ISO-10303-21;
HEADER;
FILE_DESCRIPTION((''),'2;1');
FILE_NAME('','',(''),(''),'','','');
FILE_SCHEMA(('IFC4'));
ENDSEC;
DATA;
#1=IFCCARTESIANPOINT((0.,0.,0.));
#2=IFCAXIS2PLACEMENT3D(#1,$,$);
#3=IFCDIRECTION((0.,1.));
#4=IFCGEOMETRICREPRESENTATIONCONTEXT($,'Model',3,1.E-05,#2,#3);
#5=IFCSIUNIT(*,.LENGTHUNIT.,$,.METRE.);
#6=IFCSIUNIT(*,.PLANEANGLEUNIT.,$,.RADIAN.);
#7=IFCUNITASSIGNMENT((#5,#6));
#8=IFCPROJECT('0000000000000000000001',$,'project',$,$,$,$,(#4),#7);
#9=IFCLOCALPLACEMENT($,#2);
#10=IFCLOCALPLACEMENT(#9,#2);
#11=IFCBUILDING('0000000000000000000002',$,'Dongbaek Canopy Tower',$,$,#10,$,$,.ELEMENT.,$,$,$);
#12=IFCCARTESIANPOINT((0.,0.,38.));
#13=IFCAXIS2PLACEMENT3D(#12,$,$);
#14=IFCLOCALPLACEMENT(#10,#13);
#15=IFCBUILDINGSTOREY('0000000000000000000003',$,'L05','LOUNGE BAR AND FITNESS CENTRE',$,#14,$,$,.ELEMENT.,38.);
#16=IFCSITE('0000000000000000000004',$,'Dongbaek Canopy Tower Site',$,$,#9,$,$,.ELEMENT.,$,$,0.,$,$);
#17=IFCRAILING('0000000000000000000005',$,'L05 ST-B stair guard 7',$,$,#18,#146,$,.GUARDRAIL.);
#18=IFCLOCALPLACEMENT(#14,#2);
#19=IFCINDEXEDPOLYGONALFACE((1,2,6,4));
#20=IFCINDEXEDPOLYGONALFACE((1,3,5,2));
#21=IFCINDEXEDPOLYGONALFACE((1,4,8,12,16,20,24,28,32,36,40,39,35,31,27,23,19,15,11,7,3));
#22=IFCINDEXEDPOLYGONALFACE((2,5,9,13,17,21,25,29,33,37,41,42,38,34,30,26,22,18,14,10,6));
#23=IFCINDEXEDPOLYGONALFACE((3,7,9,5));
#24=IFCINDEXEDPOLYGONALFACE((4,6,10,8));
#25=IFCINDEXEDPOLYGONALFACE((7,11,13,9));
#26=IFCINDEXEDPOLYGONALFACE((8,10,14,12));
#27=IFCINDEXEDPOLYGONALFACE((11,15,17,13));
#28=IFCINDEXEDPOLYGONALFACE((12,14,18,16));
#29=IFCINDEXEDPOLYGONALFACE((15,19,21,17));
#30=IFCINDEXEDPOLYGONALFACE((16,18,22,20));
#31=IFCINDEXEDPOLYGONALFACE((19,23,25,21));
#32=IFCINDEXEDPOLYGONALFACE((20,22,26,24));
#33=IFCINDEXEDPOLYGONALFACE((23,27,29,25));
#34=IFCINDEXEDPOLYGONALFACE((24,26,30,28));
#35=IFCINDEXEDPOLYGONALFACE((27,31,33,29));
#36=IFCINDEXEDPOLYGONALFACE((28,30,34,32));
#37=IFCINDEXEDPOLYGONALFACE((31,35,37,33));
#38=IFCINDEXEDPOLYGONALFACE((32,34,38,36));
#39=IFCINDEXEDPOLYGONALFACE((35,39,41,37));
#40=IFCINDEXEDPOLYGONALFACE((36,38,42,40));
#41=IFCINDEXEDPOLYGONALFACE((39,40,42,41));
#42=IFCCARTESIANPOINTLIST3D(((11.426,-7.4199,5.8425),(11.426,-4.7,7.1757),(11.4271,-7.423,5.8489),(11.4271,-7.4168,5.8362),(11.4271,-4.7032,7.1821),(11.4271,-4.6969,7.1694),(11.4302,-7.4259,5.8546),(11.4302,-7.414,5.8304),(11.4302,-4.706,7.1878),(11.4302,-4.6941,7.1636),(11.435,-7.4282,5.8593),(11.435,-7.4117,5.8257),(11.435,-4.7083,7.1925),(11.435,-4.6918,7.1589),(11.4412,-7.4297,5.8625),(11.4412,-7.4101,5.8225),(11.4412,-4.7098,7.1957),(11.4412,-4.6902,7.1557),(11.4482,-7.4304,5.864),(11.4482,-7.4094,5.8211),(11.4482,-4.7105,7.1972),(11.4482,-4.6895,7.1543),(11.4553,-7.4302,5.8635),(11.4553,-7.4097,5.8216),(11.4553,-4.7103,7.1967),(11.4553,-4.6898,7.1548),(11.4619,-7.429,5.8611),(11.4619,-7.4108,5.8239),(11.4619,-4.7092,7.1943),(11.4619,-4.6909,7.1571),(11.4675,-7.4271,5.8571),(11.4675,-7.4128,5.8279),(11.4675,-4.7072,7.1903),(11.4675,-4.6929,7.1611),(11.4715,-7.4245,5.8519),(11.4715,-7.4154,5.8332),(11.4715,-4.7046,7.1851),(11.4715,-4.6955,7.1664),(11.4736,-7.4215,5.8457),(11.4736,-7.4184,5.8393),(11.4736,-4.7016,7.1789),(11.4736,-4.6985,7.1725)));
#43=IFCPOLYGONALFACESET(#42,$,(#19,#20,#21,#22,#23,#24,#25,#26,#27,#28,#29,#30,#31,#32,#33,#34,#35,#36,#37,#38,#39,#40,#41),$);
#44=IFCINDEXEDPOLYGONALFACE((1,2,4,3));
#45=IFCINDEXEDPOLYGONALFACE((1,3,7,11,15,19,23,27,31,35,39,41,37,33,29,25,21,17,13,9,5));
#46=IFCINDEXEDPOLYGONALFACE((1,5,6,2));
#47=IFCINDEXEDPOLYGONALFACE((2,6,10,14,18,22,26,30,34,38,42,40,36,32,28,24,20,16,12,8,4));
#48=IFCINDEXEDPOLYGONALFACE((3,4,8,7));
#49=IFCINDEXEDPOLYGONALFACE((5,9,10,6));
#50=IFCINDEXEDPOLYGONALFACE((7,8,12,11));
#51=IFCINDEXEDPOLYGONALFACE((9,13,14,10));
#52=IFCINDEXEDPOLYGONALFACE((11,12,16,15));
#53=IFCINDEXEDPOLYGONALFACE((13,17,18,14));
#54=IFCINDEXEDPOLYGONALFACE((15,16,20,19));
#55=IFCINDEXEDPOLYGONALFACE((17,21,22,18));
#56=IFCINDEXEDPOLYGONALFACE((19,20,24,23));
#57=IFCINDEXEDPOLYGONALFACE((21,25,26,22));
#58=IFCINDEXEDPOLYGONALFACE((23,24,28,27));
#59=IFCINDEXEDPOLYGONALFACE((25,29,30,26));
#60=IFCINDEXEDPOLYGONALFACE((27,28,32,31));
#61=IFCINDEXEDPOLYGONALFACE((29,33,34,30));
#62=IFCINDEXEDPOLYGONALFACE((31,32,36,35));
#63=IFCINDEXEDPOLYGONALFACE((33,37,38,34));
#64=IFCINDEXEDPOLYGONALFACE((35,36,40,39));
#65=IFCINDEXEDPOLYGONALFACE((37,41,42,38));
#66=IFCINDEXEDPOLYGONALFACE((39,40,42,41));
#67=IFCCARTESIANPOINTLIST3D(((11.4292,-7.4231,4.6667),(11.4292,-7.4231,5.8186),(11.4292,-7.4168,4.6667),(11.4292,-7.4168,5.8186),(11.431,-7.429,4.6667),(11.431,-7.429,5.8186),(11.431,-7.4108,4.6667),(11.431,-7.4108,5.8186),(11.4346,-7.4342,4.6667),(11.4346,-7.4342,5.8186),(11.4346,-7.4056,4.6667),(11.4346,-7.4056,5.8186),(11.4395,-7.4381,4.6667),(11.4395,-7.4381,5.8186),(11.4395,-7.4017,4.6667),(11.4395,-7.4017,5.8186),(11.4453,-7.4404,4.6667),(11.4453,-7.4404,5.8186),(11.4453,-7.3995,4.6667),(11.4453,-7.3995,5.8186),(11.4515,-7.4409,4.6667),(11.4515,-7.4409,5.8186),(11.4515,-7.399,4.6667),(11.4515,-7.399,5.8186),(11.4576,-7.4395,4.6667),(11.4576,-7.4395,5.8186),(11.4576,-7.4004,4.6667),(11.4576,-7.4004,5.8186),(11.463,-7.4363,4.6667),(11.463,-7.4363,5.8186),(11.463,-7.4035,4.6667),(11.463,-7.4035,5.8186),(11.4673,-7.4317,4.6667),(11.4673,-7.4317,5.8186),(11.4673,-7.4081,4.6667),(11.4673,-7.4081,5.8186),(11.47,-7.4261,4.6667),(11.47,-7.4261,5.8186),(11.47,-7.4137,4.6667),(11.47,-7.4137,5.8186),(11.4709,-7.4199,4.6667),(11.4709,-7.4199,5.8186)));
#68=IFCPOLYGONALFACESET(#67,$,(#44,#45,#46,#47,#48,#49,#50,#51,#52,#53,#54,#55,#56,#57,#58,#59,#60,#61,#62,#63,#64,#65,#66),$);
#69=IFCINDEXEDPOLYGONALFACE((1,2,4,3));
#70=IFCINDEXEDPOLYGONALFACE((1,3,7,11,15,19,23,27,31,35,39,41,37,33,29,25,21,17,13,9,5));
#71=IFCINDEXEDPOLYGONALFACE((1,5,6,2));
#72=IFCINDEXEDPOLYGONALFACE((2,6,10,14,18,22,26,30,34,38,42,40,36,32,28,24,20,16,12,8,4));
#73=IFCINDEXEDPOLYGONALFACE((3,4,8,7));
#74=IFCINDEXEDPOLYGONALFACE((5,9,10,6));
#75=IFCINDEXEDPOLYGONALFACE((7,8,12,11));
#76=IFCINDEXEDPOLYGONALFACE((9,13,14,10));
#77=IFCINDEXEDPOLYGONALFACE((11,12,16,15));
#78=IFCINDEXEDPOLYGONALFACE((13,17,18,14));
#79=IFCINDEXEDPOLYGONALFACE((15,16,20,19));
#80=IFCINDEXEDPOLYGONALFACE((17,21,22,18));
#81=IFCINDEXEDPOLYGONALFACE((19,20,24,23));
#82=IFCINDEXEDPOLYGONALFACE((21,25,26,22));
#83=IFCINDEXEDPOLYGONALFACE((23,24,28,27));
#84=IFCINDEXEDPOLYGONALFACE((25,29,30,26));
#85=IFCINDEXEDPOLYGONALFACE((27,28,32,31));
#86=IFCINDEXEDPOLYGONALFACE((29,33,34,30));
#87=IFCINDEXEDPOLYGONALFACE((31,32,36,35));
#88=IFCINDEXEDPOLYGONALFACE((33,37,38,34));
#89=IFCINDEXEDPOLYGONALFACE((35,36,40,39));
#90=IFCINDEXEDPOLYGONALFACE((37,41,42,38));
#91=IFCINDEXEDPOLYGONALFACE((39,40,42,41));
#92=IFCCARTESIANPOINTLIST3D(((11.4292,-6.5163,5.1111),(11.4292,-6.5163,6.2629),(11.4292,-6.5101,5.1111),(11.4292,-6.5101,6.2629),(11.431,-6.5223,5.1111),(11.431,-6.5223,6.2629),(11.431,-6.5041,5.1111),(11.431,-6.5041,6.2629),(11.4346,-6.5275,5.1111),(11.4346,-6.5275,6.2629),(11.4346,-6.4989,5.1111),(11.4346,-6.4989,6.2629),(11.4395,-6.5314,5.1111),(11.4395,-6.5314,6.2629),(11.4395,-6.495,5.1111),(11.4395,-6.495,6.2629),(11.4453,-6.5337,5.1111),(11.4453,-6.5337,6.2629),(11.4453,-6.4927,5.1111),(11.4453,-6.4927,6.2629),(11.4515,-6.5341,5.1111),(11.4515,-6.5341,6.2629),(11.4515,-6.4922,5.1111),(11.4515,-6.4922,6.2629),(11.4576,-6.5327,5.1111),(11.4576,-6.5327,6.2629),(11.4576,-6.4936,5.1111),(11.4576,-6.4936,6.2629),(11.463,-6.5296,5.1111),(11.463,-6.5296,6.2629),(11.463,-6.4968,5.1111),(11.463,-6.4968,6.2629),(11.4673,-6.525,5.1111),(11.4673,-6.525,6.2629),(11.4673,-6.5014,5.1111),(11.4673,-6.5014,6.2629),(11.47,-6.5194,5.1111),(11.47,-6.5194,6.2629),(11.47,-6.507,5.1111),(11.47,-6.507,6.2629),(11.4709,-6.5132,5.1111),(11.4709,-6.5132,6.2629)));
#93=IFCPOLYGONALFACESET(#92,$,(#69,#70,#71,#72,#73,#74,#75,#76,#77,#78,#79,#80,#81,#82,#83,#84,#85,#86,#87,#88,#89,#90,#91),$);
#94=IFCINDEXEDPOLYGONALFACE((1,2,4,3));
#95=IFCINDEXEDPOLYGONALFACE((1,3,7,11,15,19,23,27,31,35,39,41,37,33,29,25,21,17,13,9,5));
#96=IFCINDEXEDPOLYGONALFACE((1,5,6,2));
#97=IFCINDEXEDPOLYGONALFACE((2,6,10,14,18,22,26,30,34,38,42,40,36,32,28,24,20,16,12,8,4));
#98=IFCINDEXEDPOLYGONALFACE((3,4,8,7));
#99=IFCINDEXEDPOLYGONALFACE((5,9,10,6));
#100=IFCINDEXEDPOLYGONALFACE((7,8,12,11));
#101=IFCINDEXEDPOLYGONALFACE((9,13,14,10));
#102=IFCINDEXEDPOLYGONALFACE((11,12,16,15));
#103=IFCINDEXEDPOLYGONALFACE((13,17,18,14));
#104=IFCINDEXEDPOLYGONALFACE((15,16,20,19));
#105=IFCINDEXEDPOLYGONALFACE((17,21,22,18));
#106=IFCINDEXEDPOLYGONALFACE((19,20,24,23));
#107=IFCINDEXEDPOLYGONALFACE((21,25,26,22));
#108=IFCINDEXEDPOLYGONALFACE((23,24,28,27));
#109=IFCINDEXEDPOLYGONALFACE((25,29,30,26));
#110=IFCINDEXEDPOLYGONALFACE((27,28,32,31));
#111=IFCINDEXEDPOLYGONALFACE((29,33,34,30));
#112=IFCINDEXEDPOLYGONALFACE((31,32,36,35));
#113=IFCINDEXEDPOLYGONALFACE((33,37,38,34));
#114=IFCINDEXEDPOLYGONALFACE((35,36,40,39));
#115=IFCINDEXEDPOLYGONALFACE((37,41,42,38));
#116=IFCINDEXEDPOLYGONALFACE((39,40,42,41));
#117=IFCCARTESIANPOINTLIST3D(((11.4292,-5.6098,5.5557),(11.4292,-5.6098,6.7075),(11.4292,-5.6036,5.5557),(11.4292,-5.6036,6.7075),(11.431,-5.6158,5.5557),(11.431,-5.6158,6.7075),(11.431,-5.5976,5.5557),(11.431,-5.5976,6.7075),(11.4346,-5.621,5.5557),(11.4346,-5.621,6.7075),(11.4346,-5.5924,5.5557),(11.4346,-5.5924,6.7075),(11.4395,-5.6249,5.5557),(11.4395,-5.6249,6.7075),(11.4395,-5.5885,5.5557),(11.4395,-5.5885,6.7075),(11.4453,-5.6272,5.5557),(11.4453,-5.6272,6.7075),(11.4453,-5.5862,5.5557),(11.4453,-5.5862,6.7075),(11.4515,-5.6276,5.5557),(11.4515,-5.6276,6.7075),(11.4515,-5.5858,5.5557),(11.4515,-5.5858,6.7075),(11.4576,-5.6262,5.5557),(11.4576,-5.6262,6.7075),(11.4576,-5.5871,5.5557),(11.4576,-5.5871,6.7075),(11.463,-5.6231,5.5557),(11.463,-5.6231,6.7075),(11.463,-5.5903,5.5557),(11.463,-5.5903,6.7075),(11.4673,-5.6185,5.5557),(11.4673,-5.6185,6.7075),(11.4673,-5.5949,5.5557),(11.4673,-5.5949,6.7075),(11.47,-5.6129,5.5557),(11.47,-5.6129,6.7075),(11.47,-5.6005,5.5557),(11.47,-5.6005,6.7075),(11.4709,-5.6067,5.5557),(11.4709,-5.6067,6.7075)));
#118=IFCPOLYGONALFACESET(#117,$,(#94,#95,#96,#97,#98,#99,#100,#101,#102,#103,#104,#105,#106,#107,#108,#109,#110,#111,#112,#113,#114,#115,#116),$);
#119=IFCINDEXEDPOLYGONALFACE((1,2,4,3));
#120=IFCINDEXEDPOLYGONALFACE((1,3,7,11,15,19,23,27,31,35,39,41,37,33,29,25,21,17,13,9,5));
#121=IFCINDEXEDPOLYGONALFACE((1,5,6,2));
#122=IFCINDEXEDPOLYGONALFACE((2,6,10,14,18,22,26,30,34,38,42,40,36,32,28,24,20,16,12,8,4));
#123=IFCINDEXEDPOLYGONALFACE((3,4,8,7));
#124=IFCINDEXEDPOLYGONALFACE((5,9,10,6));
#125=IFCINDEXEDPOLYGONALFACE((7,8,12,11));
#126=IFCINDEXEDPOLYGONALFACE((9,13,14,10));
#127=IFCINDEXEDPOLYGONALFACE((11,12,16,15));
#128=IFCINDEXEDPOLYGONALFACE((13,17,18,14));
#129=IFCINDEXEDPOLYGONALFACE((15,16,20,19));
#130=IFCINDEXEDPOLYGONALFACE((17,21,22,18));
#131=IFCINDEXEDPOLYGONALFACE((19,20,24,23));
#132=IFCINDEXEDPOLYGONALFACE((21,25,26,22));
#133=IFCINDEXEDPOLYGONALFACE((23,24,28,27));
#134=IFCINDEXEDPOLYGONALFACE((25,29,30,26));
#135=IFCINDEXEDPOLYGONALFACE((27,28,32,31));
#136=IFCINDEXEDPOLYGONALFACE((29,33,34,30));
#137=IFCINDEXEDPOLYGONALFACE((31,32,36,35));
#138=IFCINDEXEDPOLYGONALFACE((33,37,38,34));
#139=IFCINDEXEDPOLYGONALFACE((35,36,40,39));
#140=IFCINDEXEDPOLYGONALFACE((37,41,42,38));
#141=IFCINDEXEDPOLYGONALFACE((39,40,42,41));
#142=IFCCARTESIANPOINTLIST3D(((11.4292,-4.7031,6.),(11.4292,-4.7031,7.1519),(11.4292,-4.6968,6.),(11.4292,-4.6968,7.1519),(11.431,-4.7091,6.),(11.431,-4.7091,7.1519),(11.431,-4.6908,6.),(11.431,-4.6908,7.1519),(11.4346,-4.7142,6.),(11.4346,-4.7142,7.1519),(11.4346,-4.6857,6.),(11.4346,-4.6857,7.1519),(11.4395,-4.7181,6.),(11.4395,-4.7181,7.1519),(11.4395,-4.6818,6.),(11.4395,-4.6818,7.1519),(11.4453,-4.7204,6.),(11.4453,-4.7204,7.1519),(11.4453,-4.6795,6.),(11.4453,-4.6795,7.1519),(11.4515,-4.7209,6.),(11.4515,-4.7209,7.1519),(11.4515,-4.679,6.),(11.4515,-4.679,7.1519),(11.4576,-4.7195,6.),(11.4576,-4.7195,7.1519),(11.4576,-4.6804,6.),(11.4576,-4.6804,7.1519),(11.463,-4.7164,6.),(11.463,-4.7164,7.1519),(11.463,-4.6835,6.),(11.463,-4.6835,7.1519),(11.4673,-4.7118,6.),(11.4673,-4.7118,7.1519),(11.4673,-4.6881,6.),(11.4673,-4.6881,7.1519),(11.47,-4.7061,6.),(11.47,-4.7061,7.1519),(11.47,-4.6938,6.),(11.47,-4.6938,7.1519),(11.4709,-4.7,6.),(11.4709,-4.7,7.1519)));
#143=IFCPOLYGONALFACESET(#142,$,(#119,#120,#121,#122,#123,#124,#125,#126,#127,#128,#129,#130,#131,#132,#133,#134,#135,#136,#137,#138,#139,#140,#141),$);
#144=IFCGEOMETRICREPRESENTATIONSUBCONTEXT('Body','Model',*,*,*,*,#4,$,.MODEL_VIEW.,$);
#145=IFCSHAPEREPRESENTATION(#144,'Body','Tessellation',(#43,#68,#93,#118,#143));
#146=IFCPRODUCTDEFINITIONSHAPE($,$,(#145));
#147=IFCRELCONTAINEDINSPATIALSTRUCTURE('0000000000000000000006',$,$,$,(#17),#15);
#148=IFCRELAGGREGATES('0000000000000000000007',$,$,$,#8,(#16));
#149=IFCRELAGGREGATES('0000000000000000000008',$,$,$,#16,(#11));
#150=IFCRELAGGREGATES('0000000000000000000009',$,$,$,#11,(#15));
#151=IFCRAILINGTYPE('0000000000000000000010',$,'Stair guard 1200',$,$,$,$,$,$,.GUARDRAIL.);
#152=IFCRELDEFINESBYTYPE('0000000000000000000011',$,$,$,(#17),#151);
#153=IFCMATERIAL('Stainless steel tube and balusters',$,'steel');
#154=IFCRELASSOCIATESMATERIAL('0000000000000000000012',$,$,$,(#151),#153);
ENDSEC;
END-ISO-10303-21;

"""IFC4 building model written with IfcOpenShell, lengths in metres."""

from ifc_helpers import new_model, si_unit, direction, frame, origin, origin_2d, place, context, subcontext, project, spatial, circle, extrude, material, type_object, element, save


model = new_model("IFC4")

# Units and contexts
model_context = context("Model", 3, precision=1e-05, world=origin(), true_north=direction((0.0, 1.0)))
body_context = subcontext(model_context, "Body", "Model", "MODEL_VIEW")
ifc_project = project(units=[si_unit("LENGTHUNIT", "METRE"), si_unit("PLANEANGLEUNIT", "RADIAN")], contexts=[model_context])

# Site, building, storey
site_placement = place(None, origin())
site = spatial("IfcSite", under=ifc_project, at=site_placement, Name="Dongbaek Canopy Tower Site", CompositionType="ELEMENT", RefElevation=0.0)
building_placement = place(site_placement, origin())
building = spatial("IfcBuilding", under=site, at=building_placement, Name="Dongbaek Canopy Tower", CompositionType="ELEMENT")
storey_placement = place(building_placement, frame((0.0, 0.0, 38.0)))
storey = spatial("IfcBuildingStorey", under=building, at=storey_placement, Name="L05", Description="LOUNGE BAR AND FITNESS CENTRE", CompositionType="ELEMENT", Elevation=38.0)

# Railing
ifc_material_1 = material(Name="Stainless steel tube and balusters", Category="steel")
railing_type_1 = type_object("IfcRailingType", Name="Stair guard 1200", PredefinedType="GUARDRAIL", material=ifc_material_1)
railing_1_placement = place(storey_placement, frame((11.45, -7.4199, 4.6667)))
element("IfcRailing", 1, at=railing_1_placement, inside=storey, type_object=railing_type_1, Name="L05 ST-B stair guard 7", PredefinedType="GUARDRAIL", context=body_context, shape_type="SweptSolid", body=[
    extrude(circle(Radius=0.0239, at=origin_2d()), frame((0.0, 0.0, 1.1758), z_axis=(0.0, 0.897929, 0.440139), x_axis=(-1.0, 0.0, 0.0)), (0.0, 0.0, 1.0), 3.0291),
    extrude(circle(Radius=0.021, at=origin_2d()), origin(), (0.0, 0.0, 1.0), 1.1519),
    extrude(circle(Radius=0.021, at=origin_2d()), frame((0.0, 0.9067, 0.4443)), (0.0, 0.0, 1.0), 1.1519),
    extrude(circle(Radius=0.021, at=origin_2d()), frame((0.0, 1.8132, 0.8889)), (0.0, 0.0, 1.0), 1.1519),
    extrude(circle(Radius=0.021, at=origin_2d()), frame((0.0, 2.72, 1.3333)), (0.0, 0.0, 1.0), 1.1519),
])

save(model, "model.ifc")
